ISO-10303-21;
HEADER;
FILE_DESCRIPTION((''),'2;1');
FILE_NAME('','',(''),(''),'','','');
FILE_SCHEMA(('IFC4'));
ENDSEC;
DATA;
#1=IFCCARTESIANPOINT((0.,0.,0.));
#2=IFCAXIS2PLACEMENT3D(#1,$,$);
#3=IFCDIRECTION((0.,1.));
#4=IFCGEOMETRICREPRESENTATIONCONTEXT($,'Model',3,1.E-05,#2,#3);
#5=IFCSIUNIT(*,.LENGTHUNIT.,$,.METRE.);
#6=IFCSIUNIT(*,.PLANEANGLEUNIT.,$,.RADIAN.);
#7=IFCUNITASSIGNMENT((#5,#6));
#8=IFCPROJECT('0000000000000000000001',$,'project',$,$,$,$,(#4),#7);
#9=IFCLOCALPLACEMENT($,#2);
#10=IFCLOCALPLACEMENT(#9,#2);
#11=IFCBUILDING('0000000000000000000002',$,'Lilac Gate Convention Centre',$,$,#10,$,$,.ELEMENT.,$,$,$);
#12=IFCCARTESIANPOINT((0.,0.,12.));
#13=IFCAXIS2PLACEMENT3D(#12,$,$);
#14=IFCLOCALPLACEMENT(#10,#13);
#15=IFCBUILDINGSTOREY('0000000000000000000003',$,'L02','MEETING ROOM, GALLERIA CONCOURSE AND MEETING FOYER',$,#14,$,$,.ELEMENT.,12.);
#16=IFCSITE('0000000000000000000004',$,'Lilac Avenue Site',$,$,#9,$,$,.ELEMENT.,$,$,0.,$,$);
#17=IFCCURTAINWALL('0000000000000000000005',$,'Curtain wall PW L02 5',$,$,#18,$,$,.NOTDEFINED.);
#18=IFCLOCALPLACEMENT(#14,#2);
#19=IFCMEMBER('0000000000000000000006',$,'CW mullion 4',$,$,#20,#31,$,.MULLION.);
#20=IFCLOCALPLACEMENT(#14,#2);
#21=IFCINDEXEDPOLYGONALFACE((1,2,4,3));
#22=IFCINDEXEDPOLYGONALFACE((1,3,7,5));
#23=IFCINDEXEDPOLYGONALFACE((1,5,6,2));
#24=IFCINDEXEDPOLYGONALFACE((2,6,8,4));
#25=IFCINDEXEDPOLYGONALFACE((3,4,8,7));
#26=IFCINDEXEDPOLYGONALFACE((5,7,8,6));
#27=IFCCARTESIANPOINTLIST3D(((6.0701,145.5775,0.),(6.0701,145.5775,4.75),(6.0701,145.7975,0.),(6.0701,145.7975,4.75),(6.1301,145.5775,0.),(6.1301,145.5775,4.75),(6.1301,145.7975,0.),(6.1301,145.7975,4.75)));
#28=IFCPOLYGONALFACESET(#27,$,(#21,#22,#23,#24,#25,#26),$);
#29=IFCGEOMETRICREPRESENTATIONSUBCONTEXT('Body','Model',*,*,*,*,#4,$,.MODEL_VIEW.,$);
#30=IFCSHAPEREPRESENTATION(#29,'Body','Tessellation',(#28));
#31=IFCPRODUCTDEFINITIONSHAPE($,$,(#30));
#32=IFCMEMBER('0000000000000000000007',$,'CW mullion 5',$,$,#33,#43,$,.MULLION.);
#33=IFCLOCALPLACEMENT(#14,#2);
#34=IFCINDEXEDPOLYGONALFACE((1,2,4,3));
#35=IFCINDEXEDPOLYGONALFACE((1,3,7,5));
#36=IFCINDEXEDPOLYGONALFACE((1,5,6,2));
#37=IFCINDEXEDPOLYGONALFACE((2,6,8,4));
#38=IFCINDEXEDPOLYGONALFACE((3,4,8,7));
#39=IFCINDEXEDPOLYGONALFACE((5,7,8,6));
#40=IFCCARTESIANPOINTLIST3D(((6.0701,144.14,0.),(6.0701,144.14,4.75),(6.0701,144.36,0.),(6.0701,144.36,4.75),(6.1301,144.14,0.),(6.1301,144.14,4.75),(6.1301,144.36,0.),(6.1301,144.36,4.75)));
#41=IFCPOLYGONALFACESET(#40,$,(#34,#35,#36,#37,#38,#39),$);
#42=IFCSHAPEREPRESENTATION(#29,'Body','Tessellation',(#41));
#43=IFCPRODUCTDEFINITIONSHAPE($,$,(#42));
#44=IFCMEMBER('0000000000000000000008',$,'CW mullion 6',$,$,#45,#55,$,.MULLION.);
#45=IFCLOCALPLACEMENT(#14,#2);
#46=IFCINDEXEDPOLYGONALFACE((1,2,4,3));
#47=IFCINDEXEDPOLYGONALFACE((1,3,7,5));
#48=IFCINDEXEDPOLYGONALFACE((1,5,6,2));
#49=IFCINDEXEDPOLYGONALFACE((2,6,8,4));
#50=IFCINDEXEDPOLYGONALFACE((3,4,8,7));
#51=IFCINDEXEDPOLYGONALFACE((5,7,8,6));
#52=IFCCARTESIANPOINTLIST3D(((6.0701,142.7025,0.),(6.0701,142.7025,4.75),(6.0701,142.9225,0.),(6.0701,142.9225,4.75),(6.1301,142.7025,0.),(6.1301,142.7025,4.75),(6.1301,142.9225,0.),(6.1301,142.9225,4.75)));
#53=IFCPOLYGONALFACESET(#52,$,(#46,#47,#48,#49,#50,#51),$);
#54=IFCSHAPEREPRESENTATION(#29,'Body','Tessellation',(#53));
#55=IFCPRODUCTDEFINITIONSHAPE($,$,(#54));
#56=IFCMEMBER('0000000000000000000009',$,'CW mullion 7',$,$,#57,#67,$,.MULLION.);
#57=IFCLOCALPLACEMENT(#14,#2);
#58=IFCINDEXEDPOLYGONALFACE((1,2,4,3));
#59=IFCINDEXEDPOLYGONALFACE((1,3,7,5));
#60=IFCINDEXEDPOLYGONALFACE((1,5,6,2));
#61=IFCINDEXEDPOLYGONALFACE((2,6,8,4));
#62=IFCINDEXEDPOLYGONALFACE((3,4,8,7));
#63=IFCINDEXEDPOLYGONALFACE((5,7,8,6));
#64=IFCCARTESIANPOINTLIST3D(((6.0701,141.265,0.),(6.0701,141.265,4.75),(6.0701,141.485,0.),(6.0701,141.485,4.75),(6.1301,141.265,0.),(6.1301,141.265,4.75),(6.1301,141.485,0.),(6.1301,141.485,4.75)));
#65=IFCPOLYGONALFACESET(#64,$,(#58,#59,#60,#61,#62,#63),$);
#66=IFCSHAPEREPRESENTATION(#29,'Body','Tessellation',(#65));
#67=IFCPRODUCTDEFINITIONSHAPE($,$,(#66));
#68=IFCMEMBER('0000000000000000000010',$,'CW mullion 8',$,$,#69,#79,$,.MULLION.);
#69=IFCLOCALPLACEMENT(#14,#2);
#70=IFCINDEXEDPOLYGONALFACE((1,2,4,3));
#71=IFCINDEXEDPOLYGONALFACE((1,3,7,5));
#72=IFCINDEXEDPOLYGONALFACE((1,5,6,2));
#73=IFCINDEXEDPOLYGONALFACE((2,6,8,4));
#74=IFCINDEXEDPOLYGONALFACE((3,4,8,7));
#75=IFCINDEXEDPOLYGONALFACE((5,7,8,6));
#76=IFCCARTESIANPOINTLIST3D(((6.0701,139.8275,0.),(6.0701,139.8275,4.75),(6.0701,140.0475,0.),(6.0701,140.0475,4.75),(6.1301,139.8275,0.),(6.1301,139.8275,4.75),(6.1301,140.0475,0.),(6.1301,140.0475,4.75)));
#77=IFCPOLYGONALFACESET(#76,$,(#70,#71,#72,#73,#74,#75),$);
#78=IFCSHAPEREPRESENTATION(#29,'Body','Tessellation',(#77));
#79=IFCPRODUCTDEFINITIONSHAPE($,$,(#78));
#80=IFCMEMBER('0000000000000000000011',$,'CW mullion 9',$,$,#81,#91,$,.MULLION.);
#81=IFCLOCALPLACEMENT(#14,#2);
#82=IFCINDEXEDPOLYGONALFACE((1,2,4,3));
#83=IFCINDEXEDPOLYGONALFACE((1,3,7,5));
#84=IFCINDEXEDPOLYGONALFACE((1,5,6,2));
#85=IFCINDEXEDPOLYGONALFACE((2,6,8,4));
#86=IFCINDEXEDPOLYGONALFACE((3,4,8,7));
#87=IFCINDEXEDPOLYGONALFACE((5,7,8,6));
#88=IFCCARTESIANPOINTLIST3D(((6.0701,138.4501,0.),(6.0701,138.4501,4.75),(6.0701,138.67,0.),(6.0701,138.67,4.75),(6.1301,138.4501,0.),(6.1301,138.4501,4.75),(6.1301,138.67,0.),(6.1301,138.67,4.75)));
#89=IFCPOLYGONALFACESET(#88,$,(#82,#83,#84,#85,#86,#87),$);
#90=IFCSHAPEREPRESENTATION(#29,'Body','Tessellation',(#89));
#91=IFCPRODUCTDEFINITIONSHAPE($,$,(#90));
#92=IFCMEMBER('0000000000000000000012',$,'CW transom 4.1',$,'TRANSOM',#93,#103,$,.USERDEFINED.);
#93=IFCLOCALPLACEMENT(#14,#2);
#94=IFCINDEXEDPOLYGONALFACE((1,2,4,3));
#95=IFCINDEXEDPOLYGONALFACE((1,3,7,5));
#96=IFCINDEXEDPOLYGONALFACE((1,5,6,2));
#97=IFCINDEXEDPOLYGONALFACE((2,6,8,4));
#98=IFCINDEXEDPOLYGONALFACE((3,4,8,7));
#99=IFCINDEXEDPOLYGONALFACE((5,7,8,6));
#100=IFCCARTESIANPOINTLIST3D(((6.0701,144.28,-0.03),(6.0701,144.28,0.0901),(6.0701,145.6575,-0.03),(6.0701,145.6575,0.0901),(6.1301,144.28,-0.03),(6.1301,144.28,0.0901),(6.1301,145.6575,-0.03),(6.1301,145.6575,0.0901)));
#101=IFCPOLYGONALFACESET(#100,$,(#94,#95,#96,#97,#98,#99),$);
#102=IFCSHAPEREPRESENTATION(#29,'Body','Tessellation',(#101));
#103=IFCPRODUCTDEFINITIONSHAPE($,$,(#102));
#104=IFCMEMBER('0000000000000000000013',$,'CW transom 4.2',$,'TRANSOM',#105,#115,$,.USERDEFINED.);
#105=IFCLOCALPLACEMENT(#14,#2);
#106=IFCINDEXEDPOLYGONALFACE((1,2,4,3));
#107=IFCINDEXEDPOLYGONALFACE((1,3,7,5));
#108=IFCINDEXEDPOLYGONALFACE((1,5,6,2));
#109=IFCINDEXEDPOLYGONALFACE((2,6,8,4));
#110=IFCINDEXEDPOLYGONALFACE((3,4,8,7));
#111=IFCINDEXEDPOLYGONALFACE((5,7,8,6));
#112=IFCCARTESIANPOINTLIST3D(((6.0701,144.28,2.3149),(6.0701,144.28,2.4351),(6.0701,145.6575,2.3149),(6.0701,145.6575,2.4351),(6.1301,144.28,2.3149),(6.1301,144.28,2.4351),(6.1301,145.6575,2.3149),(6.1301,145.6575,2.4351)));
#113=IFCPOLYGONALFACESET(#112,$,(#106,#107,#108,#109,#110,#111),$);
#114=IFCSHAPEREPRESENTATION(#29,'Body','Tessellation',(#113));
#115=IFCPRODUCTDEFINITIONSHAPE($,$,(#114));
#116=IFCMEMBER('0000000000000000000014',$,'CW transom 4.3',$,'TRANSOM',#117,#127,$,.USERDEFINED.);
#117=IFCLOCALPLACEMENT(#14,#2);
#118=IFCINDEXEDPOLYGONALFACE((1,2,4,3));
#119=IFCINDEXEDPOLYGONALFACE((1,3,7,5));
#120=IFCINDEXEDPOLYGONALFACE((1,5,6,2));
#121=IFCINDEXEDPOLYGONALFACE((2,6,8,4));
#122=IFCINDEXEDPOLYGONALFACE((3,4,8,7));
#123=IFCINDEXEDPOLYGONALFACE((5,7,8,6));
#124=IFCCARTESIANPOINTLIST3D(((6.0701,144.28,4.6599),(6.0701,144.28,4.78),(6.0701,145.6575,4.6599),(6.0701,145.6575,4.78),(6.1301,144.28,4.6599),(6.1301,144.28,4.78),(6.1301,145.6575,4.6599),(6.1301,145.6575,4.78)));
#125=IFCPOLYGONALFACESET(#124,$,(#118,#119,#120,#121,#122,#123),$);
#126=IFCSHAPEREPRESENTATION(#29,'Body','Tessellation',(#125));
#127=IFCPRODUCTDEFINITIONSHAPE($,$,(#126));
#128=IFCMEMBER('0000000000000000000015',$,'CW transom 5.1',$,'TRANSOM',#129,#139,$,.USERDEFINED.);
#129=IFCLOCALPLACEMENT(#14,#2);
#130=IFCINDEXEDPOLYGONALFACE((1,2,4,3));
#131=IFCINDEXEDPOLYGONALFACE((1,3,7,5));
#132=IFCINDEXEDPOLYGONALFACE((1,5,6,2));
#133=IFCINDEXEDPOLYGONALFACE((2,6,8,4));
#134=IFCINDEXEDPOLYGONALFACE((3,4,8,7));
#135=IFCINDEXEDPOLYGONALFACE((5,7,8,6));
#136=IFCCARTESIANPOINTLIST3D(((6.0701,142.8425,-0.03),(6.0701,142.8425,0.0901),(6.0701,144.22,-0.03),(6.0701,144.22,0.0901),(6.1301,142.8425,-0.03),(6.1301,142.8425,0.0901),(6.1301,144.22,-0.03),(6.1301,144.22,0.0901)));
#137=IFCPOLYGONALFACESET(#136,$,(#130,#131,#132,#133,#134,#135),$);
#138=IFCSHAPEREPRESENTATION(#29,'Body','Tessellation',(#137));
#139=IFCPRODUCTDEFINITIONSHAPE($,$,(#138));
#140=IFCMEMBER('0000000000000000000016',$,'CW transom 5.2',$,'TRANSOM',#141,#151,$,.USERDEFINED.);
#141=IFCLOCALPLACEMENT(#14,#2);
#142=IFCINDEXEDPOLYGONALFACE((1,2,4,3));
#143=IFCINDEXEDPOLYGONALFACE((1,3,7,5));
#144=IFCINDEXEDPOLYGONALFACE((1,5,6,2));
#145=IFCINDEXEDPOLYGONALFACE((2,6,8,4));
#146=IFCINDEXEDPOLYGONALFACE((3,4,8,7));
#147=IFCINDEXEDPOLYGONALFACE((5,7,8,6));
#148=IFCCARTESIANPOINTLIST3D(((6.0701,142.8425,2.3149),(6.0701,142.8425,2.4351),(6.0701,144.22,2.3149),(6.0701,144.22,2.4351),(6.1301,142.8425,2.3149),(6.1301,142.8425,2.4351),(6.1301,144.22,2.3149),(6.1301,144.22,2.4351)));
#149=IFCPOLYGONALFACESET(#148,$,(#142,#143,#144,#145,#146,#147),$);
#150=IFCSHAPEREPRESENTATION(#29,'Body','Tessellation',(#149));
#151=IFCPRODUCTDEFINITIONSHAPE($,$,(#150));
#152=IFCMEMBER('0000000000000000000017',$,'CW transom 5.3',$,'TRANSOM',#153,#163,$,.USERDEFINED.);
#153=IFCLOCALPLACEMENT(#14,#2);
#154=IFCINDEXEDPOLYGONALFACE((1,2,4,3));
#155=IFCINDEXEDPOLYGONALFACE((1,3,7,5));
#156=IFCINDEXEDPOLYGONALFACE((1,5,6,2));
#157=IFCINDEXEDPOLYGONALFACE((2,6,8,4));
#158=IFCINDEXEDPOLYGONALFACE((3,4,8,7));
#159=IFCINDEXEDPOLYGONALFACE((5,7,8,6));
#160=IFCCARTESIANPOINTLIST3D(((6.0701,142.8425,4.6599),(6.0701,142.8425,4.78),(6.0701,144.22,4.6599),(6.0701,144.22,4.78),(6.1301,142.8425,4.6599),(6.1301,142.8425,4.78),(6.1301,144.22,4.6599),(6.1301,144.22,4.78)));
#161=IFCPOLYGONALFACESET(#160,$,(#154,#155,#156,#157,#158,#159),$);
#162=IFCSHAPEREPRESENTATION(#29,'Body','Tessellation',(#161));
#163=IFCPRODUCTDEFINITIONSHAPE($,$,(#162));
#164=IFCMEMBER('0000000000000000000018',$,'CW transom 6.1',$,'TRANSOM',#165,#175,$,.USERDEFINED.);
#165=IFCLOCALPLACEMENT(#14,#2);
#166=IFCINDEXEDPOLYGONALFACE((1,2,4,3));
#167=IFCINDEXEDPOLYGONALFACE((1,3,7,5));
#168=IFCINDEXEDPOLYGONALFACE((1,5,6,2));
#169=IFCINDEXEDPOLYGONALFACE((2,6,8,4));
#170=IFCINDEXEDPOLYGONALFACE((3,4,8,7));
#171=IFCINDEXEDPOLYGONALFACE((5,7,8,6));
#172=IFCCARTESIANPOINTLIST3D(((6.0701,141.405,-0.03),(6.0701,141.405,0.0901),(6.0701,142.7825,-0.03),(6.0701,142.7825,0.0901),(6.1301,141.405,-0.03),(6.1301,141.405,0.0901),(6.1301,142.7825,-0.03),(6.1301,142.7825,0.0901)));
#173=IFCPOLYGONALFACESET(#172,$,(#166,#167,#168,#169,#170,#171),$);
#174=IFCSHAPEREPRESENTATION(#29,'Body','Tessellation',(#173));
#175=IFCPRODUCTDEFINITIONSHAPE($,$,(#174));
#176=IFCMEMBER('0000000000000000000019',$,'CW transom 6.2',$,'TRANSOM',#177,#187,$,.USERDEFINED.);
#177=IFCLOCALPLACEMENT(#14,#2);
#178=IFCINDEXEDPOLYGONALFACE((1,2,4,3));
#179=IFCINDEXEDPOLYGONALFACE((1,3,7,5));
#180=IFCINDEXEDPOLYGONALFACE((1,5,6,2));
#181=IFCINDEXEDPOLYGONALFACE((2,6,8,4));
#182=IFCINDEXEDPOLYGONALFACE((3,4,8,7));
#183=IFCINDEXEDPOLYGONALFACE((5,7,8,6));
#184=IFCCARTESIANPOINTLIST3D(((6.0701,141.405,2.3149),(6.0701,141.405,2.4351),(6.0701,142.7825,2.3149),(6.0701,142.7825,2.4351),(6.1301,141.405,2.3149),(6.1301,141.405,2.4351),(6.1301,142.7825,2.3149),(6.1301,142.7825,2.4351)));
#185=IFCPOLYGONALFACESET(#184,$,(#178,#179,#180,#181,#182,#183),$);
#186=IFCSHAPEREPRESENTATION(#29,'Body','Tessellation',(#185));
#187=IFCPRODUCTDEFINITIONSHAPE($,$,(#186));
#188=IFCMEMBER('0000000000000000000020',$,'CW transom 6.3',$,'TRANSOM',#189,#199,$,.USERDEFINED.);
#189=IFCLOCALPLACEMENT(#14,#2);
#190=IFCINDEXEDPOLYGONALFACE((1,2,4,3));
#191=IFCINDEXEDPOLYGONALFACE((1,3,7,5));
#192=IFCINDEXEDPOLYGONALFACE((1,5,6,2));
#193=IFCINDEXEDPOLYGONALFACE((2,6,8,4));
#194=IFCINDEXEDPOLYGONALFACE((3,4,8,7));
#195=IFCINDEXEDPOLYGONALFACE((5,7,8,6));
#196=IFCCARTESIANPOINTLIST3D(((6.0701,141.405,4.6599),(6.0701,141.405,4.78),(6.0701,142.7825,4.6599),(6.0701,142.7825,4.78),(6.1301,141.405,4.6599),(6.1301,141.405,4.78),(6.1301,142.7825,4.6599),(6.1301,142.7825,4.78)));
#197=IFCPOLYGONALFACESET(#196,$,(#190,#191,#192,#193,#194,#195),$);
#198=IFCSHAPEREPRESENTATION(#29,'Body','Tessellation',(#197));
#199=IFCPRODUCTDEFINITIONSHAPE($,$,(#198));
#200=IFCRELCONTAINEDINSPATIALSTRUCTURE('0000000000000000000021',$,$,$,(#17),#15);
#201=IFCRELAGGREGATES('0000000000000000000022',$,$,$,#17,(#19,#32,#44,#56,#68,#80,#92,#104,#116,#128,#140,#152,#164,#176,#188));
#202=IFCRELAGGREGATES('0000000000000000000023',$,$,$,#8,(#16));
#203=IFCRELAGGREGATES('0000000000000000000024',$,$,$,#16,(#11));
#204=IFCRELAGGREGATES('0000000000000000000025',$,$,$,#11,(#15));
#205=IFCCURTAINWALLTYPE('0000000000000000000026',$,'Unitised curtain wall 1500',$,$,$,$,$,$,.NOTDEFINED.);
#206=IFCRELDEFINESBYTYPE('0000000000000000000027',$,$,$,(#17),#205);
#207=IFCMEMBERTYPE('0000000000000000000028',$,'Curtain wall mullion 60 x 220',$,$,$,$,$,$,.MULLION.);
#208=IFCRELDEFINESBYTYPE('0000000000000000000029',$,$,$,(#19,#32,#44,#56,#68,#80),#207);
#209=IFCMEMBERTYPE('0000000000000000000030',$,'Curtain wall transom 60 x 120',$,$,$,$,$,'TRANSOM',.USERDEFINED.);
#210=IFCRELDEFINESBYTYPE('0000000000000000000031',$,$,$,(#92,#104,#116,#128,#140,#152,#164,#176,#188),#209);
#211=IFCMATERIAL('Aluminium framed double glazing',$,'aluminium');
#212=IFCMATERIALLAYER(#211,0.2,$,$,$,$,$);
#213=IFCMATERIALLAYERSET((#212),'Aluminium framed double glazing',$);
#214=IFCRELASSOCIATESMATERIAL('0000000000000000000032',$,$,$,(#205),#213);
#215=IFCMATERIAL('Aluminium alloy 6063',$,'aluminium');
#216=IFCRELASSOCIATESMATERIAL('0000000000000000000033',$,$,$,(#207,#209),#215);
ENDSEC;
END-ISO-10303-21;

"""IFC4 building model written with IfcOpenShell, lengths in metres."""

from ifc_helpers import new_model, si_unit, direction, frame, origin, origin_2d, place, context, subcontext, project, spatial, rectangle, extrude, material, layer, layer_set, material_profile, profile_set, type_object, element, aggregate, save


model = new_model("IFC4")

# Units and contexts
model_context = context("Model", 3, precision=1e-05, world=origin(), true_north=direction((0.0, 1.0)))
body_context = subcontext(model_context, "Body", "Model", "MODEL_VIEW")
ifc_project = project(units=[si_unit("LENGTHUNIT", "METRE"), si_unit("PLANEANGLEUNIT", "RADIAN")], contexts=[model_context])

# Site, building, storey
site_placement = place(None, origin())
site = spatial("IfcSite", under=ifc_project, at=site_placement, Name="Lilac Avenue Site", CompositionType="ELEMENT", RefElevation=0.0)
building_placement = place(site_placement, origin())
building = spatial("IfcBuilding", under=site, at=building_placement, Name="Lilac Gate Convention Centre", CompositionType="ELEMENT")
storey_placement = place(building_placement, frame((0.0, 0.0, 12.0)))
storey = spatial("IfcBuildingStorey", under=building, at=storey_placement, Name="L02", Description="MEETING ROOM, GALLERIA CONCOURSE AND MEETING FOYER", CompositionType="ELEMENT", Elevation=12.0)

# Curtain wall, members
ifc_material_1 = material(Name="Aluminium framed double glazing", Category="aluminium")
ifc_layer_1 = layer(ifc_material_1, 0.2)
ifc_layer_set_1 = layer_set([ifc_layer_1], Name="Aluminium framed double glazing")
curtain_wall_type = type_object("IfcCurtainWallType", Name="Unitised curtain wall 1500", PredefinedType="NOTDEFINED", material=ifc_layer_set_1)
curtain_wall_placement = place(storey_placement, origin())
curtain_wall = element("IfcCurtainWall", 1, at=curtain_wall_placement, inside=storey, type_object=curtain_wall_type, Name="Curtain wall PW L02 5", PredefinedType="NOTDEFINED")
ifc_material_2 = material(Name="Aluminium alloy 6063", Category="aluminium")
ifc_material_profile_1 = material_profile(ifc_material_2, rectangle(XDim=0.0601, YDim=0.22, at=origin_2d()), Name="Curtain wall mullion 60 x 220")
ifc_profile_set_1 = profile_set([ifc_material_profile_1], Name="Aluminium alloy 6063")
member_type_1 = type_object("IfcMemberType", Name="Curtain wall mullion 60 x 220", PredefinedType="MULLION", material=ifc_profile_set_1)
member_1_placement = place(storey_placement, frame((6.1001, 145.6875, 0.0), z_axis=(0.0, 0.0, 1.0), x_axis=(1.0, 0.0, 0.0)))
member_1 = element("IfcMember", 2, at=member_1_placement, type_object=member_type_1, Name="CW mullion 4", PredefinedType="MULLION", context=body_context, shape_type="SweptSolid", body=[
    extrude(rectangle(XDim=0.0601, YDim=0.22, at=origin_2d()), origin(), (0.0, 0.0, 1.0), 4.75),
])
member_2_placement = place(storey_placement, frame((6.1001, 144.25, 0.0), z_axis=(0.0, 0.0, 1.0), x_axis=(1.0, 0.0, 0.0)))
member_2 = element("IfcMember", 3, at=member_2_placement, type_object=member_type_1, Name="CW mullion 5", PredefinedType="MULLION", context=body_context, shape_type="SweptSolid", body=[
    extrude(rectangle(XDim=0.0601, YDim=0.22, at=origin_2d()), origin(), (0.0, 0.0, 1.0), 4.75),
])
member_3_placement = place(storey_placement, frame((6.1001, 142.8125, 0.0), z_axis=(0.0, 0.0, 1.0), x_axis=(1.0, 0.0, 0.0)))
member_3 = element("IfcMember", 4, at=member_3_placement, type_object=member_type_1, Name="CW mullion 6", PredefinedType="MULLION", context=body_context, shape_type="SweptSolid", body=[
    extrude(rectangle(XDim=0.0601, YDim=0.22, at=origin_2d()), origin(), (0.0, 0.0, 1.0), 4.75),
])
member_4_placement = place(storey_placement, frame((6.1001, 141.375, 0.0), z_axis=(0.0, 0.0, 1.0), x_axis=(1.0, 0.0, 0.0)))
member_4 = element("IfcMember", 5, at=member_4_placement, type_object=member_type_1, Name="CW mullion 7", PredefinedType="MULLION", context=body_context, shape_type="SweptSolid", body=[
    extrude(rectangle(XDim=0.0601, YDim=0.22, at=origin_2d()), origin(), (0.0, 0.0, 1.0), 4.75),
])
member_5_placement = place(storey_placement, frame((6.1001, 139.9375, 0.0), z_axis=(0.0, 0.0, 1.0), x_axis=(1.0, 0.0, 0.0)))
member_5 = element("IfcMember", 6, at=member_5_placement, type_object=member_type_1, Name="CW mullion 8", PredefinedType="MULLION", context=body_context, shape_type="SweptSolid", body=[
    extrude(rectangle(XDim=0.0601, YDim=0.22, at=origin_2d()), origin(), (0.0, 0.0, 1.0), 4.75),
])
member_6_placement = place(storey_placement, frame((6.1001, 138.5601, 0.0), z_axis=(0.0, 0.0, 1.0), x_axis=(1.0, 0.0, 0.0)))
member_6 = element("IfcMember", 7, at=member_6_placement, type_object=member_type_1, Name="CW mullion 9", PredefinedType="MULLION", context=body_context, shape_type="SweptSolid", body=[
    extrude(rectangle(XDim=0.0601, YDim=0.22, at=origin_2d()), origin(), (0.0, 0.0, 1.0), 4.75),
])
ifc_material_profile_2 = material_profile(ifc_material_2, rectangle(XDim=0.0601, YDim=0.1201, at=origin_2d()), Name="Curtain wall transom 60 x 120")
ifc_profile_set_2 = profile_set([ifc_material_profile_2], Name="Aluminium alloy 6063")
member_type_2 = type_object("IfcMemberType", Name="Curtain wall transom 60 x 120", ElementType="TRANSOM", PredefinedType="USERDEFINED", material=ifc_profile_set_2)
member_7_placement = place(storey_placement, frame((6.1001, 145.6575, 0.03), z_axis=(0.0, -1.0, 0.0), x_axis=(1.0, 0.0, 0.0)))
member_7 = element("IfcMember", 8, at=member_7_placement, type_object=member_type_2, Name="CW transom 4.1", ObjectType="TRANSOM", PredefinedType="USERDEFINED", context=body_context, shape_type="SweptSolid", body=[
    extrude(rectangle(XDim=0.0601, YDim=0.1201, at=origin_2d()), origin(), (0.0, 0.0, 1.0), 1.3774),
])
member_8_placement = place(storey_placement, frame((6.1001, 145.6575, 2.375), z_axis=(0.0, -1.0, 0.0), x_axis=(1.0, 0.0, 0.0)))
member_8 = element("IfcMember", 9, at=member_8_placement, type_object=member_type_2, Name="CW transom 4.2", ObjectType="TRANSOM", PredefinedType="USERDEFINED", context=body_context, shape_type="SweptSolid", body=[
    extrude(rectangle(XDim=0.0601, YDim=0.1201, at=origin_2d()), origin(), (0.0, 0.0, 1.0), 1.3774),
])
member_9_placement = place(storey_placement, frame((6.1001, 145.6575, 4.72), z_axis=(0.0, -1.0, 0.0), x_axis=(1.0, 0.0, 0.0)))
member_9 = element("IfcMember", 10, at=member_9_placement, type_object=member_type_2, Name="CW transom 4.3", ObjectType="TRANSOM", PredefinedType="USERDEFINED", context=body_context, shape_type="SweptSolid", body=[
    extrude(rectangle(XDim=0.0601, YDim=0.1201, at=origin_2d()), origin(), (0.0, 0.0, 1.0), 1.3774),
])
member_10_placement = place(storey_placement, frame((6.1001, 144.22, 0.03), z_axis=(0.0, -1.0, 0.0), x_axis=(1.0, 0.0, 0.0)))
member_10 = element("IfcMember", 11, at=member_10_placement, type_object=member_type_2, Name="CW transom 5.1", ObjectType="TRANSOM", PredefinedType="USERDEFINED", context=body_context, shape_type="SweptSolid", body=[
    extrude(rectangle(XDim=0.0601, YDim=0.1201, at=origin_2d()), origin(), (0.0, 0.0, 1.0), 1.3774),
])
member_11_placement = place(storey_placement, frame((6.1001, 144.22, 2.375), z_axis=(0.0, -1.0, 0.0), x_axis=(1.0, 0.0, 0.0)))
member_11 = element("IfcMember", 12, at=member_11_placement, type_object=member_type_2, Name="CW transom 5.2", ObjectType="TRANSOM", PredefinedType="USERDEFINED", context=body_context, shape_type="SweptSolid", body=[
    extrude(rectangle(XDim=0.0601, YDim=0.1201, at=origin_2d()), origin(), (0.0, 0.0, 1.0), 1.3774),
])
member_12_placement = place(storey_placement, frame((6.1001, 144.22, 4.72), z_axis=(0.0, -1.0, 0.0), x_axis=(1.0, 0.0, 0.0)))
member_12 = element("IfcMember", 13, at=member_12_placement, type_object=member_type_2, Name="CW transom 5.3", ObjectType="TRANSOM", PredefinedType="USERDEFINED", context=body_context, shape_type="SweptSolid", body=[
    extrude(rectangle(XDim=0.0601, YDim=0.1201, at=origin_2d()), origin(), (0.0, 0.0, 1.0), 1.3774),
])
member_13_placement = place(storey_placement, frame((6.1001, 142.7825, 0.03), z_axis=(0.0, -1.0, 0.0), x_axis=(1.0, 0.0, 0.0)))
member_13 = element("IfcMember", 14, at=member_13_placement, type_object=member_type_2, Name="CW transom 6.1", ObjectType="TRANSOM", PredefinedType="USERDEFINED", context=body_context, shape_type="SweptSolid", body=[
    extrude(rectangle(XDim=0.0601, YDim=0.1201, at=origin_2d()), origin(), (0.0, 0.0, 1.0), 1.3774),
])
member_14_placement = place(storey_placement, frame((6.1001, 142.7825, 2.375), z_axis=(0.0, -1.0, 0.0), x_axis=(1.0, 0.0, 0.0)))
member_14 = element("IfcMember", 15, at=member_14_placement, type_object=member_type_2, Name="CW transom 6.2", ObjectType="TRANSOM", PredefinedType="USERDEFINED", context=body_context, shape_type="SweptSolid", body=[
    extrude(rectangle(XDim=0.0601, YDim=0.1201, at=origin_2d()), origin(), (0.0, 0.0, 1.0), 1.3774),
])
member_15_placement = place(storey_placement, frame((6.1001, 142.7825, 4.72), z_axis=(0.0, -1.0, 0.0), x_axis=(1.0, 0.0, 0.0)))
member_15 = element("IfcMember", 16, at=member_15_placement, type_object=member_type_2, Name="CW transom 6.3", ObjectType="TRANSOM", PredefinedType="USERDEFINED", context=body_context, shape_type="SweptSolid", body=[
    extrude(rectangle(XDim=0.0601, YDim=0.1201, at=origin_2d()), origin(), (0.0, 0.0, 1.0), 1.3774),
])

aggregate(curtain_wall, [member_1, member_2, member_3, member_4, member_5, member_6, member_7, member_8, member_9, member_10, member_11, member_12, member_13, member_14, member_15])

save(model, "model.ifc")
